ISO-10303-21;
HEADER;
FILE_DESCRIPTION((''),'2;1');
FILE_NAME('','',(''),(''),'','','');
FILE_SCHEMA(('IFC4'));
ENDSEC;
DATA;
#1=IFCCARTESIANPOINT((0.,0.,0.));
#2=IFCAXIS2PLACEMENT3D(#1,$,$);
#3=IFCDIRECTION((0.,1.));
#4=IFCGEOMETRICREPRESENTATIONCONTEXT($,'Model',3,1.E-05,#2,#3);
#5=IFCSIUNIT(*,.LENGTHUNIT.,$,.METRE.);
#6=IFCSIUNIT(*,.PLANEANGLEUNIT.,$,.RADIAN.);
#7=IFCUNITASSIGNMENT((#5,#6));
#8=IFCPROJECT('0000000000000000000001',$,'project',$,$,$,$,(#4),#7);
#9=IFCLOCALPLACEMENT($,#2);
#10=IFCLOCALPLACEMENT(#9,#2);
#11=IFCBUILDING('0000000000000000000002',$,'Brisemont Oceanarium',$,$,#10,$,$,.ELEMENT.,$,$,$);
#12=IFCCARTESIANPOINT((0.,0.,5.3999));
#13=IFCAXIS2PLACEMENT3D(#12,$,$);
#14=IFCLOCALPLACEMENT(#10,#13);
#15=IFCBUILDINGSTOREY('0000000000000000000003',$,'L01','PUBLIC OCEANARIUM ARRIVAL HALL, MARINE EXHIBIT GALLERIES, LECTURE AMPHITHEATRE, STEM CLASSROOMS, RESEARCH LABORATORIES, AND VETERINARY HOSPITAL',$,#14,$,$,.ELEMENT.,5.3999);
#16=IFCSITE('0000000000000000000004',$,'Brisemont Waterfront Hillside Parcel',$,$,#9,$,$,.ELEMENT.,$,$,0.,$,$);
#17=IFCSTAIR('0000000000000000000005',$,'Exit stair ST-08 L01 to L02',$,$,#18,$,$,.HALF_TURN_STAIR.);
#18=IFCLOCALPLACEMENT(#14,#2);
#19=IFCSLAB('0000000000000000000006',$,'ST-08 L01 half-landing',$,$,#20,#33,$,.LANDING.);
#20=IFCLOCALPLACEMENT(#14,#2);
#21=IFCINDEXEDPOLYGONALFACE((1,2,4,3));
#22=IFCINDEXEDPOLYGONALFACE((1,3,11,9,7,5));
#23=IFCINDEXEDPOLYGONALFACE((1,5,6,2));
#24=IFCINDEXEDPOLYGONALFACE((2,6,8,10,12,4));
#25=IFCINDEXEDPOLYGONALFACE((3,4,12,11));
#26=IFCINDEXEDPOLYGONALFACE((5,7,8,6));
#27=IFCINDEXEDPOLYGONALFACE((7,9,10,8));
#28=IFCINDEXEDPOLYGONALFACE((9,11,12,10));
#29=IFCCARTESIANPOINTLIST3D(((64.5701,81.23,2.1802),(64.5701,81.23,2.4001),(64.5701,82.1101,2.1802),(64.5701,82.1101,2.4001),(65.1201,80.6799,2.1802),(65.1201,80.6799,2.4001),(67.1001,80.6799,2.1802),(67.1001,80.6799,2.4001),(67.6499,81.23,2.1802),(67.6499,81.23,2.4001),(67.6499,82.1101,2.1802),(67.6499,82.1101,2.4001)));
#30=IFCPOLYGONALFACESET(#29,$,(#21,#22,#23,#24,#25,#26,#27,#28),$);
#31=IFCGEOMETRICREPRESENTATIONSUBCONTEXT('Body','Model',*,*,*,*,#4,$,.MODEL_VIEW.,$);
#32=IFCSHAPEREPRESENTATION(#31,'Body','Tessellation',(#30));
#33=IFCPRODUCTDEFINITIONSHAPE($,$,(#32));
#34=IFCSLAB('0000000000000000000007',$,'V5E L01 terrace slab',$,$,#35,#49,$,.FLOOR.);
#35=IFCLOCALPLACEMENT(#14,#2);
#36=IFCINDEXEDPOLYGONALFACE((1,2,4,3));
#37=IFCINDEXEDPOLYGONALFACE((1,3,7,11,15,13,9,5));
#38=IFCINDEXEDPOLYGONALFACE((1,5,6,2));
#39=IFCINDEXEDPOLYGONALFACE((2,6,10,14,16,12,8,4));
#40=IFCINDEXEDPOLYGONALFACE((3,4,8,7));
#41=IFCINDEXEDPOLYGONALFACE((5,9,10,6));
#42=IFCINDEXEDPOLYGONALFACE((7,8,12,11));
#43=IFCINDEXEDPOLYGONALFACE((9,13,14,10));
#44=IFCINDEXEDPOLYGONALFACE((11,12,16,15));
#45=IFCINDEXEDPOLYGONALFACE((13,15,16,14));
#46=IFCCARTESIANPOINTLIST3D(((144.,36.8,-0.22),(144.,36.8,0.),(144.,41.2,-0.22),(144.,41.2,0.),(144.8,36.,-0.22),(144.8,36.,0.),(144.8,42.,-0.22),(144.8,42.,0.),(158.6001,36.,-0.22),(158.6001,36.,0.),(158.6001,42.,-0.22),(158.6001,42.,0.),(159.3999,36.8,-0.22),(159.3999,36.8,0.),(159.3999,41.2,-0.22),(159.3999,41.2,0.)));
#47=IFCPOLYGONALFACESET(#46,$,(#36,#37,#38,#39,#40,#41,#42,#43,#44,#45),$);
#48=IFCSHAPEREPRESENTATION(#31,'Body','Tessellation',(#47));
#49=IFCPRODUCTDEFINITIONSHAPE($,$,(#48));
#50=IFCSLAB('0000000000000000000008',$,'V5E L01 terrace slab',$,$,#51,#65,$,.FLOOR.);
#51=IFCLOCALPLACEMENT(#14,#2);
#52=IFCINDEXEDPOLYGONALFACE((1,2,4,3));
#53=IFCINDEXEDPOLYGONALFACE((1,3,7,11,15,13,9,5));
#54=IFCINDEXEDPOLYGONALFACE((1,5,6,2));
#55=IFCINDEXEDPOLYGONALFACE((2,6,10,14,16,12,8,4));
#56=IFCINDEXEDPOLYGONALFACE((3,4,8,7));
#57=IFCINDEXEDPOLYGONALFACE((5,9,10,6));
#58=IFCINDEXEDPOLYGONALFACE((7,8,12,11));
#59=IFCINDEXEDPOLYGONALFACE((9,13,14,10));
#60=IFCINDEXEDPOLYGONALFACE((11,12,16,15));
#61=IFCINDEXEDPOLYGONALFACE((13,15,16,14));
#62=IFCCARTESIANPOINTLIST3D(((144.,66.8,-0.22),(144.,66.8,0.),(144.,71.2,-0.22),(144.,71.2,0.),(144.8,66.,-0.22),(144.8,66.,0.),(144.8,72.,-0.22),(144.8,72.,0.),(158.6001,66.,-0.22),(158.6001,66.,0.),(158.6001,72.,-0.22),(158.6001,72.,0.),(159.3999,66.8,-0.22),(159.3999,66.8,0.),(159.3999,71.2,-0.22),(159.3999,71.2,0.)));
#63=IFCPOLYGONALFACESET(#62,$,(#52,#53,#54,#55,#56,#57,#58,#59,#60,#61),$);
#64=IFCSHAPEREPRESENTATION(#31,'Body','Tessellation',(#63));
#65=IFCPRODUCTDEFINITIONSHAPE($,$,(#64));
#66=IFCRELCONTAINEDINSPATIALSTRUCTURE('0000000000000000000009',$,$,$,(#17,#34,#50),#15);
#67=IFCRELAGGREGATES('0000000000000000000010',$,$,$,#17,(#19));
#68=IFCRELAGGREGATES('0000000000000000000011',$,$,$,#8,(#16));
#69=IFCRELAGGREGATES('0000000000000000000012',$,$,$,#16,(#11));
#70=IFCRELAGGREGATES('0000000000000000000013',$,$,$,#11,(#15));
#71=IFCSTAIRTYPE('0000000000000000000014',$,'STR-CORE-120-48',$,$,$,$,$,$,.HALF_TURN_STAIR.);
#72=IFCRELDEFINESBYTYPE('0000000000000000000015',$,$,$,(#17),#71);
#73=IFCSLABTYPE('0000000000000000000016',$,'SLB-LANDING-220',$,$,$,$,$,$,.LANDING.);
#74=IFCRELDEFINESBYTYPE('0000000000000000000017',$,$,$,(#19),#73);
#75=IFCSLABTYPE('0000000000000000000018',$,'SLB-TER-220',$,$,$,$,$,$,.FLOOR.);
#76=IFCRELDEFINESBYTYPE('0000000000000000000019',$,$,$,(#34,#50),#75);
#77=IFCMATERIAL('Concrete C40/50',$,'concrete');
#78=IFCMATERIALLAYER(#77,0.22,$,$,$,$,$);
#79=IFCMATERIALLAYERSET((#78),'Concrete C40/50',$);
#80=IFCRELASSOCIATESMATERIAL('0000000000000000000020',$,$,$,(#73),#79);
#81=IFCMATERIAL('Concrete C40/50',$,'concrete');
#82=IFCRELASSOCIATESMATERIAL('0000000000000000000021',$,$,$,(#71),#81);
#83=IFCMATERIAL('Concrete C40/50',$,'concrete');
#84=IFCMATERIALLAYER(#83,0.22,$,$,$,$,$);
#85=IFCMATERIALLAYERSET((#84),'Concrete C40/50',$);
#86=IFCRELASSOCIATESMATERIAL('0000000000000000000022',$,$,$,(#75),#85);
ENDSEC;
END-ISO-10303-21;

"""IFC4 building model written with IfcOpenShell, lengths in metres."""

from ifc_helpers import new_model, si_unit, direction, frame, origin, place, context, subcontext, project, spatial, polyline, outline, extrude, material, layer, layer_set, type_object, element, aggregate, save


model = new_model("IFC4")

# Units and contexts
model_context = context("Model", 3, precision=1e-05, world=origin(), true_north=direction((0.0, 1.0)))
body_context = subcontext(model_context, "Body", "Model", "MODEL_VIEW")
ifc_project = project(units=[si_unit("LENGTHUNIT", "METRE"), si_unit("PLANEANGLEUNIT", "RADIAN")], contexts=[model_context])

# Site, building, storey
site_placement = place(None, origin())
site = spatial("IfcSite", under=ifc_project, at=site_placement, Name="Brisemont Waterfront Hillside Parcel", CompositionType="ELEMENT", RefElevation=0.0)
building_placement = place(site_placement, origin())
building = spatial("IfcBuilding", under=site, at=building_placement, Name="Brisemont Oceanarium", CompositionType="ELEMENT")
storey_placement = place(building_placement, frame((0.0, 0.0, 5.3999)))
storey = spatial("IfcBuildingStorey", under=building, at=storey_placement, Name="L01", Description="PUBLIC OCEANARIUM ARRIVAL HALL, MARINE EXHIBIT GALLERIES, LECTURE AMPHITHEATRE, STEM CLASSROOMS, RESEARCH LABORATORIES, AND VETERINARY HOSPITAL", CompositionType="ELEMENT", Elevation=5.3999)

# Stair, slab
ifc_material_1 = material(Name="Concrete C40/50", Category="concrete")
ifc_layer_1 = layer(ifc_material_1, 0.22)
ifc_layer_set_1 = layer_set([ifc_layer_1], Name="Concrete C40/50")
slab_type_1 = type_object("IfcSlabType", Name="SLB-LANDING-220", PredefinedType="LANDING", material=ifc_layer_set_1)
ifc_material_2 = material(Name="Concrete C40/50", Category="concrete")
stair_type_1 = type_object("IfcStairType", Name="STR-CORE-120-48", PredefinedType="HALF_TURN_STAIR", material=ifc_material_2)
stair_1_placement = place(storey_placement, origin())
stair_1 = element("IfcStair", 1, at=stair_1_placement, inside=storey, type_object=stair_type_1, Name="Exit stair ST-08 L01 to L02", PredefinedType="HALF_TURN_STAIR")
slab_1_placement = place(storey_placement, frame((0.0, 0.0, 2.1802)))
slab_1 = element("IfcSlab", 2, at=slab_1_placement, type_object=slab_type_1, Name="ST-08 L01 half-landing", PredefinedType="LANDING", context=body_context, shape_type="SweptSolid", body=[
    extrude(outline(polyline([(65.1201, 80.6799), (67.1001, 80.6799), (67.6499, 81.23), (67.6499, 82.1101), (64.5701, 82.1101), (64.5701, 81.23), (65.1201, 80.6799)])), origin(), (0.0, 0.0, 1.0), 0.22),
])
aggregate(stair_1, [slab_1])

# Slabs
ifc_material_3 = material(Name="Concrete C40/50", Category="concrete")
ifc_layer_2 = layer(ifc_material_3, 0.22)
ifc_layer_set_2 = layer_set([ifc_layer_2], Name="Concrete C40/50")
slab_type_2 = type_object("IfcSlabType", Name="SLB-TER-220", PredefinedType="FLOOR", material=ifc_layer_set_2)
slab_2_placement = place(storey_placement, frame((0.0, 0.0, -0.22)))
element("IfcSlab", 3, at=slab_2_placement, inside=storey, type_object=slab_type_2, Name="V5E L01 terrace slab", PredefinedType="FLOOR", context=body_context, shape_type="SweptSolid", body=[
    extrude(outline(polyline([(144.8, 36.0), (158.6001, 36.0), (159.3999, 36.8), (159.3999, 41.2), (158.6001, 42.0), (144.8, 42.0), (144.0, 41.2), (144.0, 36.8), (144.8, 36.0)])), origin(), (0.0, 0.0, 1.0), 0.22),
])
slab_3_placement = place(storey_placement, frame((0.0, 0.0, -0.22)))
element("IfcSlab", 4, at=slab_3_placement, inside=storey, type_object=slab_type_2, Name="V5E L01 terrace slab", PredefinedType="FLOOR", context=body_context, shape_type="SweptSolid", body=[
    extrude(outline(polyline([(144.8, 66.0), (158.6001, 66.0), (159.3999, 66.8), (159.3999, 71.2), (158.6001, 72.0), (144.8, 72.0), (144.0, 71.2), (144.0, 66.8), (144.8, 66.0)])), origin(), (0.0, 0.0, 1.0), 0.22),
])

save(model, "model.ifc")
